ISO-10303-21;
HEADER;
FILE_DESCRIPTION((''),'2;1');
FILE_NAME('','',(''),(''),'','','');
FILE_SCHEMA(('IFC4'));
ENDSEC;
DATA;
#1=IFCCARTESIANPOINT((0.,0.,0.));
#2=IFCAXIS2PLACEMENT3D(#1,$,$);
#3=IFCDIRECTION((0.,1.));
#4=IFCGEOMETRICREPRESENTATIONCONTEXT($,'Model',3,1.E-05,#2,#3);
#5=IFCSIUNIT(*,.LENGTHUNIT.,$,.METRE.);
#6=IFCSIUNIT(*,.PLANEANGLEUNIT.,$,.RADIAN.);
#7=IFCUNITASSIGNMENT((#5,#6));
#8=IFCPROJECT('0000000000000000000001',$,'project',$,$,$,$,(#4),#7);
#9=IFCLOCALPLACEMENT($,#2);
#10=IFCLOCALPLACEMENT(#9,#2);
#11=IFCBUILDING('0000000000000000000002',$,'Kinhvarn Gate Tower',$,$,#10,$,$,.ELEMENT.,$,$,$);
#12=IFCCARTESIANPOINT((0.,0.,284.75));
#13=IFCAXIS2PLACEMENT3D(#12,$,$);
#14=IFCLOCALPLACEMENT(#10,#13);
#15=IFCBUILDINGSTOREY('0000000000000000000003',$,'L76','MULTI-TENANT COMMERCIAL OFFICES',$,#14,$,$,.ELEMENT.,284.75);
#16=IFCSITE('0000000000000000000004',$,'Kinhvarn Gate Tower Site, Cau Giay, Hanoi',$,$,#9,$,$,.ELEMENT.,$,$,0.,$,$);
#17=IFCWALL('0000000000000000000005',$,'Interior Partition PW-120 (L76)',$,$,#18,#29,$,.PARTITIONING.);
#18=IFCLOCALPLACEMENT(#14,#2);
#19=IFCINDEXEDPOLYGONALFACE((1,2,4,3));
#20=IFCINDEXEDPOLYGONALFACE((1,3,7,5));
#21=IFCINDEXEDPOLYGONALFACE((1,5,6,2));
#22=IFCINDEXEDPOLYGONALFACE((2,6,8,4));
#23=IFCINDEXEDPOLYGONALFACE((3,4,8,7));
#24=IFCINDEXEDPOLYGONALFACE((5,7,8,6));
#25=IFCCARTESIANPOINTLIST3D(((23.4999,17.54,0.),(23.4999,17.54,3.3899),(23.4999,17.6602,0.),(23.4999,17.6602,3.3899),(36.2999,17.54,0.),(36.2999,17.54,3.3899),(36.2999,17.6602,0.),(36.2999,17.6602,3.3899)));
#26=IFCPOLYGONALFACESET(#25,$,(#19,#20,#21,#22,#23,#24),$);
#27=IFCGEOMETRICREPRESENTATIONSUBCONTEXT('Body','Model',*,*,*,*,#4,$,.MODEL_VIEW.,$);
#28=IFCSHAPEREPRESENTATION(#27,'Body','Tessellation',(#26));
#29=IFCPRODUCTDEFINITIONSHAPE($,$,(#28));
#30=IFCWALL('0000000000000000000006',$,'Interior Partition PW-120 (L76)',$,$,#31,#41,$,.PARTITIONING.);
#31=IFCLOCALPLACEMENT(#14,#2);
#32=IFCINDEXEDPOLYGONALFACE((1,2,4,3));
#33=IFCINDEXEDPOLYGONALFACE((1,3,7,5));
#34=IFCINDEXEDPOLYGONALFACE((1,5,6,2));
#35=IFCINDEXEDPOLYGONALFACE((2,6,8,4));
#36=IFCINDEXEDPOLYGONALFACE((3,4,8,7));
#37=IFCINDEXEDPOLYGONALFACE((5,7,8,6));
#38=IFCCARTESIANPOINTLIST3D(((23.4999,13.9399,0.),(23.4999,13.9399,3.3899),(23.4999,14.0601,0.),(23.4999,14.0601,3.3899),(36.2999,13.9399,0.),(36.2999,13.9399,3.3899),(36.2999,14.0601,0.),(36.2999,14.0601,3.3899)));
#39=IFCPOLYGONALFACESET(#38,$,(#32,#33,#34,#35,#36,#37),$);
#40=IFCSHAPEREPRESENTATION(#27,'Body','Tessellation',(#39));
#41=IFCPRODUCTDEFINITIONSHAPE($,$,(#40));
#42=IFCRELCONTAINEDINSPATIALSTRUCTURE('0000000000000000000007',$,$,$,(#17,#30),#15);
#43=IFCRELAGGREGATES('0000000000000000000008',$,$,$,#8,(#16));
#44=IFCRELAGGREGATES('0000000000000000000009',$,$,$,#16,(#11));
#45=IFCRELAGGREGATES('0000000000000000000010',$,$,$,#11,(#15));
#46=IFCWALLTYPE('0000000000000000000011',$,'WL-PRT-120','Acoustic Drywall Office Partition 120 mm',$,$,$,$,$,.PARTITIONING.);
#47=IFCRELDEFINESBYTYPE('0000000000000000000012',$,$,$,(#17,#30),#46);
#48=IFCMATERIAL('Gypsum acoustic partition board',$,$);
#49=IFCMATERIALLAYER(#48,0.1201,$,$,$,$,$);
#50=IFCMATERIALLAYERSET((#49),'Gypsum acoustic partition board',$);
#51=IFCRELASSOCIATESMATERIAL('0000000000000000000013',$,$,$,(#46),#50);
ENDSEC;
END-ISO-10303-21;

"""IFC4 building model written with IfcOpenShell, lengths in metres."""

from ifc_helpers import new_model, si_unit, direction, frame, frame_2d, origin, place, context, subcontext, project, spatial, rectangle, extrude, material, layer, layer_set, type_object, element, save


model = new_model("IFC4")

# Units and contexts
model_context = context("Model", 3, precision=1e-05, world=origin(), true_north=direction((0.0, 1.0)))
body_context = subcontext(model_context, "Body", "Model", "MODEL_VIEW")
ifc_project = project(units=[si_unit("LENGTHUNIT", "METRE"), si_unit("PLANEANGLEUNIT", "RADIAN")], contexts=[model_context])

# Site, building, storey
site_placement = place(None, origin())
site = spatial("IfcSite", under=ifc_project, at=site_placement, Name="Kinhvarn Gate Tower Site, Cau Giay, Hanoi", CompositionType="ELEMENT", RefElevation=0.0)
building_placement = place(site_placement, origin())
building = spatial("IfcBuilding", under=site, at=building_placement, Name="Kinhvarn Gate Tower", CompositionType="ELEMENT")
storey_placement = place(building_placement, frame((0.0, 0.0, 284.75)))
storey = spatial("IfcBuildingStorey", under=building, at=storey_placement, Name="L76", Description="MULTI-TENANT COMMERCIAL OFFICES", CompositionType="ELEMENT", Elevation=284.75)

# Walls
ifc_material_1 = material(Name="Gypsum acoustic partition board")
ifc_layer_1 = layer(ifc_material_1, 0.1201)
ifc_layer_set_1 = layer_set([ifc_layer_1], Name="Gypsum acoustic partition board")
wall_type_1 = type_object("IfcWallType", Name="WL-PRT-120", Description="Acoustic Drywall Office Partition 120 mm", PredefinedType="PARTITIONING", material=ifc_layer_set_1)
for number, where, z_axis, x_axis, name in (
    (1, (23.5, 17.6001, 0.0), (0.0, 0.0, 1.0), (1.0, 0.0, 0.0), "Interior Partition PW-120 (L76)"),
    (2, (23.5, 14.0, 0.0), (0.0, 0.0, 1.0), (1.0, 0.0, 0.0), "Interior Partition PW-120 (L76)"),
):
    element("IfcWall", number, at=place(storey_placement, frame(where, z_axis=z_axis, x_axis=x_axis)), inside=storey, type_object=wall_type_1, Name=name, PredefinedType="PARTITIONING", context=body_context, shape_type="SweptSolid", body=[
        extrude(rectangle(XDim=12.8, YDim=0.1201, at=frame_2d((6.3999, 0.0))), origin(), (0.0, 0.0, 1.0), 3.3899),
    ])

save(model, "model.ifc")
